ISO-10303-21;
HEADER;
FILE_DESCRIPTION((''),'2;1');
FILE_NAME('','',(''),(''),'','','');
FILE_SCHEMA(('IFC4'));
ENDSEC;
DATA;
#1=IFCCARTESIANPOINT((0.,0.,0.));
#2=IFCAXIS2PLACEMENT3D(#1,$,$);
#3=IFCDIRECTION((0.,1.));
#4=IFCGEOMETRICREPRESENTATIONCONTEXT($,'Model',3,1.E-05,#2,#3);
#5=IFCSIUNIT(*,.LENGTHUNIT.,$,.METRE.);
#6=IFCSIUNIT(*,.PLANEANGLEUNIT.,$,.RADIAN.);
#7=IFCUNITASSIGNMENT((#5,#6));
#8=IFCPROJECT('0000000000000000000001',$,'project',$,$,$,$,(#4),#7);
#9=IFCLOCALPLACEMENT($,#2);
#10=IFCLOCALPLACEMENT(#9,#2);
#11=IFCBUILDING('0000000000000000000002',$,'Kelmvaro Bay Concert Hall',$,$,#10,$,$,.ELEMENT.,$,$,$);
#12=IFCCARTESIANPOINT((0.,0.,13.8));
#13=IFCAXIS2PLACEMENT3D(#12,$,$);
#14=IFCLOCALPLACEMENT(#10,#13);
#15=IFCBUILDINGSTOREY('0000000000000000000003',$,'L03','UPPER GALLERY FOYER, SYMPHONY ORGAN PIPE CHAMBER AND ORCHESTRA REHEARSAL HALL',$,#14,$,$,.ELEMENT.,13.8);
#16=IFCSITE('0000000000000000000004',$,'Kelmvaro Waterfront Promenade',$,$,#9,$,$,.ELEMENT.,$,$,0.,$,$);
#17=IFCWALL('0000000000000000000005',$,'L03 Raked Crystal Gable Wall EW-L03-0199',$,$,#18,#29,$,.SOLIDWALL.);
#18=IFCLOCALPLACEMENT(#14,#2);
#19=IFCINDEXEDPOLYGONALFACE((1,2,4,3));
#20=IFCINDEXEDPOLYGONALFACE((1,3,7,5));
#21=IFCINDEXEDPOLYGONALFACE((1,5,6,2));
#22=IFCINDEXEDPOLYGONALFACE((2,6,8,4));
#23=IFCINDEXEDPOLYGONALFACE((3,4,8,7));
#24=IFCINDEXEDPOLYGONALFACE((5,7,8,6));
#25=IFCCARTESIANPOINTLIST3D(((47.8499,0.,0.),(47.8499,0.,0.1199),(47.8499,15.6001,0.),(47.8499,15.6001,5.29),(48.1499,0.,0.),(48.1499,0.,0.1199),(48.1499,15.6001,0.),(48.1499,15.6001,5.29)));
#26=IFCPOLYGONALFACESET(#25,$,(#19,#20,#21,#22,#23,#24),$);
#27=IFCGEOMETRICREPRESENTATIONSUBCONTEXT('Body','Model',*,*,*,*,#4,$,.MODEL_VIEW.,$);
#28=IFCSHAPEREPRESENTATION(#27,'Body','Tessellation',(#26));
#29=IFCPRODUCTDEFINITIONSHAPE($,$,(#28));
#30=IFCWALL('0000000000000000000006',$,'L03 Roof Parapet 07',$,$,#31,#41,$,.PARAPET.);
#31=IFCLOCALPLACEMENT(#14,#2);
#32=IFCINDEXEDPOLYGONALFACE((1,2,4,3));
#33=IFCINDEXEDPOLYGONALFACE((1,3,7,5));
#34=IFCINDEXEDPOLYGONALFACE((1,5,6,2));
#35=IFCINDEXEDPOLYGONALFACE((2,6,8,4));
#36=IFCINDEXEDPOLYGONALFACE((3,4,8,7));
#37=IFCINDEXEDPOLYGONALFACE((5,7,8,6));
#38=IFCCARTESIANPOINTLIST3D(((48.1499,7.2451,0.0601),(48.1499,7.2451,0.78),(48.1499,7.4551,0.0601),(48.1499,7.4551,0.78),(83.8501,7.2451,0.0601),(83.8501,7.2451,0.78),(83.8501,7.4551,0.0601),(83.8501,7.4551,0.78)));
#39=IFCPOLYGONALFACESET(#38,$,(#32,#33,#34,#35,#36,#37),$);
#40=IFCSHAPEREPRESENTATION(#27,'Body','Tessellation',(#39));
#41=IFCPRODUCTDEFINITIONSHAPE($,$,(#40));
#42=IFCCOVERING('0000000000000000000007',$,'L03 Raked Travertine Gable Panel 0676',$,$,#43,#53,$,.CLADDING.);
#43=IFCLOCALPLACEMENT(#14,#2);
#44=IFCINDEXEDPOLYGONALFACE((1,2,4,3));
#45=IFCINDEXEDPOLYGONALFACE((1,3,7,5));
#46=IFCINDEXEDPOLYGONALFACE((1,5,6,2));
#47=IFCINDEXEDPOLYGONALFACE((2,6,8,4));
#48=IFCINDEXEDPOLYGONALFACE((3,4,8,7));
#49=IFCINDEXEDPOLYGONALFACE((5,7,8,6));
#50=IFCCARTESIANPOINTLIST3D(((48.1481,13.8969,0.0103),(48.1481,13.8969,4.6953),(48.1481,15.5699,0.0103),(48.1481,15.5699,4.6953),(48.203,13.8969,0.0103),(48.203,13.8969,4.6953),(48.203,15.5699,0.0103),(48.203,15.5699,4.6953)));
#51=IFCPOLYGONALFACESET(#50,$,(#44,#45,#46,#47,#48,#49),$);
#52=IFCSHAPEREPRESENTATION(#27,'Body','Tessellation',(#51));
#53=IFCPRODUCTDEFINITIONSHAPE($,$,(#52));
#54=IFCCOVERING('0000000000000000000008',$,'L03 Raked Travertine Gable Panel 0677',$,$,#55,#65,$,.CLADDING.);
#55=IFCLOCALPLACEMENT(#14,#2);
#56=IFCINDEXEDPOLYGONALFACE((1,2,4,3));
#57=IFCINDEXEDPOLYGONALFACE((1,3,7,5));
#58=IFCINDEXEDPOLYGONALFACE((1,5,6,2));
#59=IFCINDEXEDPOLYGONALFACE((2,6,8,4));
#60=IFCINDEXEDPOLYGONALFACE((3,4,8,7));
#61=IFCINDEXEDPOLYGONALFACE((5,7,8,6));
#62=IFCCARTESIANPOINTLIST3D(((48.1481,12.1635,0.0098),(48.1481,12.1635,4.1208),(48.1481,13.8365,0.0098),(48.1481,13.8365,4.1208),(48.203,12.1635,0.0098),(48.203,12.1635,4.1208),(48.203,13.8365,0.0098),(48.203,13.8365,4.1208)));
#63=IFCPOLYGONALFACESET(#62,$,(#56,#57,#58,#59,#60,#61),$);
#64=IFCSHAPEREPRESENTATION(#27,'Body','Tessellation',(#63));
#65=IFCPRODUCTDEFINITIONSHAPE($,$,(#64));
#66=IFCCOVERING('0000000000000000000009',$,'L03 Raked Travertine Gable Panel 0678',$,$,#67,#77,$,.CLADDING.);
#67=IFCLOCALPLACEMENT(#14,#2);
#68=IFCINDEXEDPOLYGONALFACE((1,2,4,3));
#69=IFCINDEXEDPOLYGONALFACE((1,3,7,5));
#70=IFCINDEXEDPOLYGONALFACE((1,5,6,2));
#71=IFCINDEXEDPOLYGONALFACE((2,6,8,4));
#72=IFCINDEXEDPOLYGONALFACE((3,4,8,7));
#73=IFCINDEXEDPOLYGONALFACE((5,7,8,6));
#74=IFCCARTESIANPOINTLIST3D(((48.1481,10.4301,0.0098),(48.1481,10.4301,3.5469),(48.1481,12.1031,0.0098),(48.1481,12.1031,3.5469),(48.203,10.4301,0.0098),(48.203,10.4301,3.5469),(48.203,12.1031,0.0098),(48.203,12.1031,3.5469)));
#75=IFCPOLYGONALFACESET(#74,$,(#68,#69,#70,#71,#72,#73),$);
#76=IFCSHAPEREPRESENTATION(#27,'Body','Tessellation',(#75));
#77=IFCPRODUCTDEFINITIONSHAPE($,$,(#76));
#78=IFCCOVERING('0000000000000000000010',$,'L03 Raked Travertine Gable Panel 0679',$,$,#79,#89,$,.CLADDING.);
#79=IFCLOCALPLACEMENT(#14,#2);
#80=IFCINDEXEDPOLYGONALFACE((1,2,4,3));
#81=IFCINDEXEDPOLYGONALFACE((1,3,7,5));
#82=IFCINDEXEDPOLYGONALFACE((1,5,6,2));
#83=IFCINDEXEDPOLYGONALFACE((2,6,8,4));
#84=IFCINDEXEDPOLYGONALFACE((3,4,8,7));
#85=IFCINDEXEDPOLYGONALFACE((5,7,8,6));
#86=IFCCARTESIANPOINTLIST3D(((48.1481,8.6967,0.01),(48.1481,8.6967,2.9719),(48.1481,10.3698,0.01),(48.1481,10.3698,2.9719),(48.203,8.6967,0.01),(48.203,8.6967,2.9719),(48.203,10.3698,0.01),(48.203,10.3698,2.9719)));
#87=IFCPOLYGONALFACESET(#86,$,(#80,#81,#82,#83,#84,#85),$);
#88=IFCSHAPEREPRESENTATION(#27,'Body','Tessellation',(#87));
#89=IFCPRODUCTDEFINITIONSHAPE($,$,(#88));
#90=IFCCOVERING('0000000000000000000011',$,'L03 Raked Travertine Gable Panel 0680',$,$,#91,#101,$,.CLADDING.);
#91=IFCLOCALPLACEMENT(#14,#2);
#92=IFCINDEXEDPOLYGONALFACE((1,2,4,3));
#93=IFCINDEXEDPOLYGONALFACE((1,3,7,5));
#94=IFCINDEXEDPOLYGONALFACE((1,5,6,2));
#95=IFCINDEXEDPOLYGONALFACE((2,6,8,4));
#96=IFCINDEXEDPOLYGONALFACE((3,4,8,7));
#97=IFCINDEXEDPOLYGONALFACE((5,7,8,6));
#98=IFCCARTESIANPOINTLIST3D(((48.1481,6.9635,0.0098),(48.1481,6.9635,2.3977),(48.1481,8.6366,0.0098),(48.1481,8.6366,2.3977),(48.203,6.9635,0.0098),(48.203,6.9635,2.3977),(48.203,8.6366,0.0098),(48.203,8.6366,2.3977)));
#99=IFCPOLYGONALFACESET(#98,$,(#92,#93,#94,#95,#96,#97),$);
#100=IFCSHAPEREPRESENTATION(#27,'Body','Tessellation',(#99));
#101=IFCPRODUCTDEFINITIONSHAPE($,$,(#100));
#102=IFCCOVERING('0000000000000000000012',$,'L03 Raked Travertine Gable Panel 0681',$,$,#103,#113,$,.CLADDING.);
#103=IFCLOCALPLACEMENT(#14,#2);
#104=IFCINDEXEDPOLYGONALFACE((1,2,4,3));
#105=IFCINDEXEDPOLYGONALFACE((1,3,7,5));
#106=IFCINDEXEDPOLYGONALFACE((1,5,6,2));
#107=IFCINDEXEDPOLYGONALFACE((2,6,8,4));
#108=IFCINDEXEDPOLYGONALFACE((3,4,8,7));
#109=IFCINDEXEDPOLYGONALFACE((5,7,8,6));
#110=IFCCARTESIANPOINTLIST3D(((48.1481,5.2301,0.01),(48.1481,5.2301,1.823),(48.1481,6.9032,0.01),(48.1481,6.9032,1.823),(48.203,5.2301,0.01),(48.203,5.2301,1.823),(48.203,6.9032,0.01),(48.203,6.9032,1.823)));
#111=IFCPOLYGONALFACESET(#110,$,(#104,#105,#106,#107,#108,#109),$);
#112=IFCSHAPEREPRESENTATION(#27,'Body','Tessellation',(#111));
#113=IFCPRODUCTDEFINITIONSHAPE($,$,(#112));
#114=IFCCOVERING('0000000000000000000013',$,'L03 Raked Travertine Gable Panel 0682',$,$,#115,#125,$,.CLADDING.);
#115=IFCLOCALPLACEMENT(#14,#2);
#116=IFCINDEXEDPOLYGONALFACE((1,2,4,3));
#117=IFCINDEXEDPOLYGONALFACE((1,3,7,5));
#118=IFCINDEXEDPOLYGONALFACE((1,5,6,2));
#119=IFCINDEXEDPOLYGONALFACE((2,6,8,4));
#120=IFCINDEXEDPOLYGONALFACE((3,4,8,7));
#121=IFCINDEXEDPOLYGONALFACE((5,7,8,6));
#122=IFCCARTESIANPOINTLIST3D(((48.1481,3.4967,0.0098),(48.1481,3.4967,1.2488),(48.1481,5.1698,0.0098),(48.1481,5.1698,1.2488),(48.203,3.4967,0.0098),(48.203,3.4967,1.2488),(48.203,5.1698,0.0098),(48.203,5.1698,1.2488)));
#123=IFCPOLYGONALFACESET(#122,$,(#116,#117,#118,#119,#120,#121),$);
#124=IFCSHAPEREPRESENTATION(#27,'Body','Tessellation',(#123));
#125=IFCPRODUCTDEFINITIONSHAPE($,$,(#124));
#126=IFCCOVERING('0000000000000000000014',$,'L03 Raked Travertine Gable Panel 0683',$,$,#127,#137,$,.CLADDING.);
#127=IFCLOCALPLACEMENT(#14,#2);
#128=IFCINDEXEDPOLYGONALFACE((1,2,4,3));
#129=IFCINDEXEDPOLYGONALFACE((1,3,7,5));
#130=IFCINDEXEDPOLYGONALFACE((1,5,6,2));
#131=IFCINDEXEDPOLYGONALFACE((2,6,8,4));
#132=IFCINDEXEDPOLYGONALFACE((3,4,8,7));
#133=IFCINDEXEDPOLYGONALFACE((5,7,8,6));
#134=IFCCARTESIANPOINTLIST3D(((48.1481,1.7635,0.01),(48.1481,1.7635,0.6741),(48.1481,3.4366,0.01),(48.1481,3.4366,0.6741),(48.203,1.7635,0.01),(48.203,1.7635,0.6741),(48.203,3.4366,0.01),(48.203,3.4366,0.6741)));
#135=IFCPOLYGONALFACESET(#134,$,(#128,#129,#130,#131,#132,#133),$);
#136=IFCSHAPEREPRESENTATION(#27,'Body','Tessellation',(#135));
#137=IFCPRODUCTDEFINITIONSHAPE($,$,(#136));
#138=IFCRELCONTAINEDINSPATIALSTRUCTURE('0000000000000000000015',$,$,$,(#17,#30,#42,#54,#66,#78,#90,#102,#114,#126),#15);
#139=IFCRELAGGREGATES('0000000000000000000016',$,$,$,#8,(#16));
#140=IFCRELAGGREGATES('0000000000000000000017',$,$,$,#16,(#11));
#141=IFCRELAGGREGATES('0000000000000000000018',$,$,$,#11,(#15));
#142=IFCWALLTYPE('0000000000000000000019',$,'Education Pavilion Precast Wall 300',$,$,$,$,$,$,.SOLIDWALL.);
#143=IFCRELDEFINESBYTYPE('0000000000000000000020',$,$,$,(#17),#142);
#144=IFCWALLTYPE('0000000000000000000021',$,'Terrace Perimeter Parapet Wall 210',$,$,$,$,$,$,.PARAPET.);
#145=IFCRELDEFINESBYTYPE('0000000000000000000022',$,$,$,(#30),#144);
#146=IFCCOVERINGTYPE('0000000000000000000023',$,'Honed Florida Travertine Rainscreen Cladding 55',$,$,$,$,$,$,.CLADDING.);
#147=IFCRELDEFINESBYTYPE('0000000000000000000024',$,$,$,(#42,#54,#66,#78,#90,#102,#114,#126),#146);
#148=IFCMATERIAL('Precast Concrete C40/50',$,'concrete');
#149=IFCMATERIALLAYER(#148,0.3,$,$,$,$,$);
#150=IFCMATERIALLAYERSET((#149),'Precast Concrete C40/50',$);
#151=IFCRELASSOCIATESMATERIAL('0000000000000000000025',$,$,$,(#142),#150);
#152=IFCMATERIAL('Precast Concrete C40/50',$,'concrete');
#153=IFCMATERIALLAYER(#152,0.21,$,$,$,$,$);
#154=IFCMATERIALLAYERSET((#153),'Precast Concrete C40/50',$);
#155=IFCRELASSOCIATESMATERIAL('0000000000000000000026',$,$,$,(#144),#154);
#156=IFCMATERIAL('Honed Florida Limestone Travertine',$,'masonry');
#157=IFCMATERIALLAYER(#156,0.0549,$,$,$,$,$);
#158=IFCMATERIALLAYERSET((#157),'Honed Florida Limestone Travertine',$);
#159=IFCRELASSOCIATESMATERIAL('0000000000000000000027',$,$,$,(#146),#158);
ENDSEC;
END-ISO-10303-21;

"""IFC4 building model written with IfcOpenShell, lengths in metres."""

from ifc_helpers import new_model, si_unit, direction, frame, frame_2d, origin, origin_2d, place, context, subcontext, project, spatial, polyline, rectangle, outline, extrude, material, layer, layer_set, type_object, element, save


model = new_model("IFC4")

# Units and contexts
model_context = context("Model", 3, precision=1e-05, world=origin(), true_north=direction((0.0, 1.0)))
body_context = subcontext(model_context, "Body", "Model", "MODEL_VIEW")
ifc_project = project(units=[si_unit("LENGTHUNIT", "METRE"), si_unit("PLANEANGLEUNIT", "RADIAN")], contexts=[model_context])

# Site, building, storey
site_placement = place(None, origin())
site = spatial("IfcSite", under=ifc_project, at=site_placement, Name="Kelmvaro Waterfront Promenade", CompositionType="ELEMENT", RefElevation=0.0)
building_placement = place(site_placement, origin())
building = spatial("IfcBuilding", under=site, at=building_placement, Name="Kelmvaro Bay Concert Hall", CompositionType="ELEMENT")
storey_placement = place(building_placement, frame((0.0, 0.0, 13.8)))
storey = spatial("IfcBuildingStorey", under=building, at=storey_placement, Name="L03", Description="UPPER GALLERY FOYER, SYMPHONY ORGAN PIPE CHAMBER AND ORCHESTRA REHEARSAL HALL", CompositionType="ELEMENT", Elevation=13.8)

# Walls
ifc_material_1 = material(Name="Precast Concrete C40/50", Category="concrete")
ifc_layer_1 = layer(ifc_material_1, 0.3)
ifc_layer_set_1 = layer_set([ifc_layer_1], Name="Precast Concrete C40/50")
wall_type_1 = type_object("IfcWallType", Name="Education Pavilion Precast Wall 300", PredefinedType="SOLIDWALL", material=ifc_layer_set_1)
wall_1_placement = place(storey_placement, frame((48.0, 15.6001, 0.0), z_axis=(0.0, 0.0, 1.0), x_axis=(0.0, -1.0, 0.0)))
element("IfcWall", 1, at=wall_1_placement, inside=storey, type_object=wall_type_1, Name="L03 Raked Crystal Gable Wall EW-L03-0199", PredefinedType="SOLIDWALL", context=body_context, shape_type="SweptSolid", body=[
    extrude(outline(polyline([(0.0, 0.0), (15.6001, 0.0), (15.6001, 0.1199), (0.0, 5.29), (0.0, 0.0)])), frame((0.0, 0.1499, 0.0), z_axis=(0.0, -1.0, 0.0), x_axis=(1.0, 0.0, 0.0)), (0.0, 0.0, 1.0), 0.3),
])
ifc_material_2 = material(Name="Precast Concrete C40/50", Category="concrete")
ifc_layer_2 = layer(ifc_material_2, 0.21)
ifc_layer_set_2 = layer_set([ifc_layer_2], Name="Precast Concrete C40/50")
wall_type_2 = type_object("IfcWallType", Name="Terrace Perimeter Parapet Wall 210", PredefinedType="PARAPET", material=ifc_layer_set_2)
wall_2_placement = place(storey_placement, frame((48.1499, 7.3501, 0.0601), z_axis=(0.0, 0.0, 1.0), x_axis=(1.0, 0.0, 0.0)))
element("IfcWall", 2, at=wall_2_placement, inside=storey, type_object=wall_type_2, Name="L03 Roof Parapet 07", PredefinedType="PARAPET", context=body_context, shape_type="SweptSolid", body=[
    extrude(rectangle(XDim=35.7002, YDim=0.21, at=frame_2d((17.8501, 0.0))), origin(), (0.0, 0.0, 1.0), 0.72),
])

# Coverings
ifc_material_3 = material(Name="Honed Florida Limestone Travertine", Category="masonry")
ifc_layer_3 = layer(ifc_material_3, 0.0549)
ifc_layer_set_3 = layer_set([ifc_layer_3], Name="Honed Florida Limestone Travertine")
covering_type = type_object("IfcCoveringType", Name="Honed Florida Travertine Rainscreen Cladding 55", PredefinedType="CLADDING", material=ifc_layer_set_3)
covering_1_placement = place(storey_placement, frame((48.1755, 14.7334, 0.0103), z_axis=(0.0, 0.0, 1.0), x_axis=(0.0, -1.0, 0.0)))
element("IfcCovering", 3, at=covering_1_placement, inside=storey, type_object=covering_type, Name="L03 Raked Travertine Gable Panel 0676", PredefinedType="CLADDING", context=body_context, shape_type="SweptSolid", body=[
    extrude(rectangle(XDim=1.6731, YDim=0.0549, at=origin_2d()), origin(), (0.0, 0.0, 1.0), 4.6851),
])
covering_2_placement = place(storey_placement, frame((48.1755, 13.0, 0.0098), z_axis=(0.0, 0.0, 1.0), x_axis=(0.0, -1.0, 0.0)))
element("IfcCovering", 4, at=covering_2_placement, inside=storey, type_object=covering_type, Name="L03 Raked Travertine Gable Panel 0677", PredefinedType="CLADDING", context=body_context, shape_type="SweptSolid", body=[
    extrude(rectangle(XDim=1.6731, YDim=0.0549, at=origin_2d()), origin(), (0.0, 0.0, 1.0), 4.1111),
])
covering_3_placement = place(storey_placement, frame((48.1755, 11.2666, 0.0098), z_axis=(0.0, 0.0, 1.0), x_axis=(0.0, -1.0, 0.0)))
element("IfcCovering", 5, at=covering_3_placement, inside=storey, type_object=covering_type, Name="L03 Raked Travertine Gable Panel 0678", PredefinedType="CLADDING", context=body_context, shape_type="SweptSolid", body=[
    extrude(rectangle(XDim=1.6731, YDim=0.0549, at=origin_2d()), origin(), (0.0, 0.0, 1.0), 3.5371),
])
covering_4_placement = place(storey_placement, frame((48.1755, 9.5332, 0.01), z_axis=(0.0, 0.0, 1.0), x_axis=(0.0, -1.0, 0.0)))
element("IfcCovering", 6, at=covering_4_placement, inside=storey, type_object=covering_type, Name="L03 Raked Travertine Gable Panel 0679", PredefinedType="CLADDING", context=body_context, shape_type="SweptSolid", body=[
    extrude(rectangle(XDim=1.6731, YDim=0.0549, at=origin_2d()), origin(), (0.0, 0.0, 1.0), 2.9619),
])
covering_5_placement = place(storey_placement, frame((48.1755, 7.8, 0.0098), z_axis=(0.0, 0.0, 1.0), x_axis=(0.0, -1.0, 0.0)))
element("IfcCovering", 7, at=covering_5_placement, inside=storey, type_object=covering_type, Name="L03 Raked Travertine Gable Panel 0680", PredefinedType="CLADDING", context=body_context, shape_type="SweptSolid", body=[
    extrude(rectangle(XDim=1.6731, YDim=0.0549, at=origin_2d()), origin(), (0.0, 0.0, 1.0), 2.3879),
])
covering_6_placement = place(storey_placement, frame((48.1755, 6.0667, 0.01), z_axis=(0.0, 0.0, 1.0), x_axis=(0.0, -1.0, 0.0)))
element("IfcCovering", 8, at=covering_6_placement, inside=storey, type_object=covering_type, Name="L03 Raked Travertine Gable Panel 0681", PredefinedType="CLADDING", context=body_context, shape_type="SweptSolid", body=[
    extrude(rectangle(XDim=1.6731, YDim=0.0549, at=origin_2d()), origin(), (0.0, 0.0, 1.0), 1.813),
])
covering_7_placement = place(storey_placement, frame((48.1755, 4.3333, 0.0098), z_axis=(0.0, 0.0, 1.0), x_axis=(0.0, -1.0, 0.0)))
element("IfcCovering", 9, at=covering_7_placement, inside=storey, type_object=covering_type, Name="L03 Raked Travertine Gable Panel 0682", PredefinedType="CLADDING", context=body_context, shape_type="SweptSolid", body=[
    extrude(rectangle(XDim=1.6731, YDim=0.0549, at=origin_2d()), origin(), (0.0, 0.0, 1.0), 1.239),
])
covering_8_placement = place(storey_placement, frame((48.1755, 2.6001, 0.01), z_axis=(0.0, 0.0, 1.0), x_axis=(0.0, -1.0, 0.0)))
element("IfcCovering", 10, at=covering_8_placement, inside=storey, type_object=covering_type, Name="L03 Raked Travertine Gable Panel 0683", PredefinedType="CLADDING", context=body_context, shape_type="SweptSolid", body=[
    extrude(rectangle(XDim=1.6731, YDim=0.0549, at=origin_2d()), origin(), (0.0, 0.0, 1.0), 0.6641),
])

save(model, "model.ifc")
